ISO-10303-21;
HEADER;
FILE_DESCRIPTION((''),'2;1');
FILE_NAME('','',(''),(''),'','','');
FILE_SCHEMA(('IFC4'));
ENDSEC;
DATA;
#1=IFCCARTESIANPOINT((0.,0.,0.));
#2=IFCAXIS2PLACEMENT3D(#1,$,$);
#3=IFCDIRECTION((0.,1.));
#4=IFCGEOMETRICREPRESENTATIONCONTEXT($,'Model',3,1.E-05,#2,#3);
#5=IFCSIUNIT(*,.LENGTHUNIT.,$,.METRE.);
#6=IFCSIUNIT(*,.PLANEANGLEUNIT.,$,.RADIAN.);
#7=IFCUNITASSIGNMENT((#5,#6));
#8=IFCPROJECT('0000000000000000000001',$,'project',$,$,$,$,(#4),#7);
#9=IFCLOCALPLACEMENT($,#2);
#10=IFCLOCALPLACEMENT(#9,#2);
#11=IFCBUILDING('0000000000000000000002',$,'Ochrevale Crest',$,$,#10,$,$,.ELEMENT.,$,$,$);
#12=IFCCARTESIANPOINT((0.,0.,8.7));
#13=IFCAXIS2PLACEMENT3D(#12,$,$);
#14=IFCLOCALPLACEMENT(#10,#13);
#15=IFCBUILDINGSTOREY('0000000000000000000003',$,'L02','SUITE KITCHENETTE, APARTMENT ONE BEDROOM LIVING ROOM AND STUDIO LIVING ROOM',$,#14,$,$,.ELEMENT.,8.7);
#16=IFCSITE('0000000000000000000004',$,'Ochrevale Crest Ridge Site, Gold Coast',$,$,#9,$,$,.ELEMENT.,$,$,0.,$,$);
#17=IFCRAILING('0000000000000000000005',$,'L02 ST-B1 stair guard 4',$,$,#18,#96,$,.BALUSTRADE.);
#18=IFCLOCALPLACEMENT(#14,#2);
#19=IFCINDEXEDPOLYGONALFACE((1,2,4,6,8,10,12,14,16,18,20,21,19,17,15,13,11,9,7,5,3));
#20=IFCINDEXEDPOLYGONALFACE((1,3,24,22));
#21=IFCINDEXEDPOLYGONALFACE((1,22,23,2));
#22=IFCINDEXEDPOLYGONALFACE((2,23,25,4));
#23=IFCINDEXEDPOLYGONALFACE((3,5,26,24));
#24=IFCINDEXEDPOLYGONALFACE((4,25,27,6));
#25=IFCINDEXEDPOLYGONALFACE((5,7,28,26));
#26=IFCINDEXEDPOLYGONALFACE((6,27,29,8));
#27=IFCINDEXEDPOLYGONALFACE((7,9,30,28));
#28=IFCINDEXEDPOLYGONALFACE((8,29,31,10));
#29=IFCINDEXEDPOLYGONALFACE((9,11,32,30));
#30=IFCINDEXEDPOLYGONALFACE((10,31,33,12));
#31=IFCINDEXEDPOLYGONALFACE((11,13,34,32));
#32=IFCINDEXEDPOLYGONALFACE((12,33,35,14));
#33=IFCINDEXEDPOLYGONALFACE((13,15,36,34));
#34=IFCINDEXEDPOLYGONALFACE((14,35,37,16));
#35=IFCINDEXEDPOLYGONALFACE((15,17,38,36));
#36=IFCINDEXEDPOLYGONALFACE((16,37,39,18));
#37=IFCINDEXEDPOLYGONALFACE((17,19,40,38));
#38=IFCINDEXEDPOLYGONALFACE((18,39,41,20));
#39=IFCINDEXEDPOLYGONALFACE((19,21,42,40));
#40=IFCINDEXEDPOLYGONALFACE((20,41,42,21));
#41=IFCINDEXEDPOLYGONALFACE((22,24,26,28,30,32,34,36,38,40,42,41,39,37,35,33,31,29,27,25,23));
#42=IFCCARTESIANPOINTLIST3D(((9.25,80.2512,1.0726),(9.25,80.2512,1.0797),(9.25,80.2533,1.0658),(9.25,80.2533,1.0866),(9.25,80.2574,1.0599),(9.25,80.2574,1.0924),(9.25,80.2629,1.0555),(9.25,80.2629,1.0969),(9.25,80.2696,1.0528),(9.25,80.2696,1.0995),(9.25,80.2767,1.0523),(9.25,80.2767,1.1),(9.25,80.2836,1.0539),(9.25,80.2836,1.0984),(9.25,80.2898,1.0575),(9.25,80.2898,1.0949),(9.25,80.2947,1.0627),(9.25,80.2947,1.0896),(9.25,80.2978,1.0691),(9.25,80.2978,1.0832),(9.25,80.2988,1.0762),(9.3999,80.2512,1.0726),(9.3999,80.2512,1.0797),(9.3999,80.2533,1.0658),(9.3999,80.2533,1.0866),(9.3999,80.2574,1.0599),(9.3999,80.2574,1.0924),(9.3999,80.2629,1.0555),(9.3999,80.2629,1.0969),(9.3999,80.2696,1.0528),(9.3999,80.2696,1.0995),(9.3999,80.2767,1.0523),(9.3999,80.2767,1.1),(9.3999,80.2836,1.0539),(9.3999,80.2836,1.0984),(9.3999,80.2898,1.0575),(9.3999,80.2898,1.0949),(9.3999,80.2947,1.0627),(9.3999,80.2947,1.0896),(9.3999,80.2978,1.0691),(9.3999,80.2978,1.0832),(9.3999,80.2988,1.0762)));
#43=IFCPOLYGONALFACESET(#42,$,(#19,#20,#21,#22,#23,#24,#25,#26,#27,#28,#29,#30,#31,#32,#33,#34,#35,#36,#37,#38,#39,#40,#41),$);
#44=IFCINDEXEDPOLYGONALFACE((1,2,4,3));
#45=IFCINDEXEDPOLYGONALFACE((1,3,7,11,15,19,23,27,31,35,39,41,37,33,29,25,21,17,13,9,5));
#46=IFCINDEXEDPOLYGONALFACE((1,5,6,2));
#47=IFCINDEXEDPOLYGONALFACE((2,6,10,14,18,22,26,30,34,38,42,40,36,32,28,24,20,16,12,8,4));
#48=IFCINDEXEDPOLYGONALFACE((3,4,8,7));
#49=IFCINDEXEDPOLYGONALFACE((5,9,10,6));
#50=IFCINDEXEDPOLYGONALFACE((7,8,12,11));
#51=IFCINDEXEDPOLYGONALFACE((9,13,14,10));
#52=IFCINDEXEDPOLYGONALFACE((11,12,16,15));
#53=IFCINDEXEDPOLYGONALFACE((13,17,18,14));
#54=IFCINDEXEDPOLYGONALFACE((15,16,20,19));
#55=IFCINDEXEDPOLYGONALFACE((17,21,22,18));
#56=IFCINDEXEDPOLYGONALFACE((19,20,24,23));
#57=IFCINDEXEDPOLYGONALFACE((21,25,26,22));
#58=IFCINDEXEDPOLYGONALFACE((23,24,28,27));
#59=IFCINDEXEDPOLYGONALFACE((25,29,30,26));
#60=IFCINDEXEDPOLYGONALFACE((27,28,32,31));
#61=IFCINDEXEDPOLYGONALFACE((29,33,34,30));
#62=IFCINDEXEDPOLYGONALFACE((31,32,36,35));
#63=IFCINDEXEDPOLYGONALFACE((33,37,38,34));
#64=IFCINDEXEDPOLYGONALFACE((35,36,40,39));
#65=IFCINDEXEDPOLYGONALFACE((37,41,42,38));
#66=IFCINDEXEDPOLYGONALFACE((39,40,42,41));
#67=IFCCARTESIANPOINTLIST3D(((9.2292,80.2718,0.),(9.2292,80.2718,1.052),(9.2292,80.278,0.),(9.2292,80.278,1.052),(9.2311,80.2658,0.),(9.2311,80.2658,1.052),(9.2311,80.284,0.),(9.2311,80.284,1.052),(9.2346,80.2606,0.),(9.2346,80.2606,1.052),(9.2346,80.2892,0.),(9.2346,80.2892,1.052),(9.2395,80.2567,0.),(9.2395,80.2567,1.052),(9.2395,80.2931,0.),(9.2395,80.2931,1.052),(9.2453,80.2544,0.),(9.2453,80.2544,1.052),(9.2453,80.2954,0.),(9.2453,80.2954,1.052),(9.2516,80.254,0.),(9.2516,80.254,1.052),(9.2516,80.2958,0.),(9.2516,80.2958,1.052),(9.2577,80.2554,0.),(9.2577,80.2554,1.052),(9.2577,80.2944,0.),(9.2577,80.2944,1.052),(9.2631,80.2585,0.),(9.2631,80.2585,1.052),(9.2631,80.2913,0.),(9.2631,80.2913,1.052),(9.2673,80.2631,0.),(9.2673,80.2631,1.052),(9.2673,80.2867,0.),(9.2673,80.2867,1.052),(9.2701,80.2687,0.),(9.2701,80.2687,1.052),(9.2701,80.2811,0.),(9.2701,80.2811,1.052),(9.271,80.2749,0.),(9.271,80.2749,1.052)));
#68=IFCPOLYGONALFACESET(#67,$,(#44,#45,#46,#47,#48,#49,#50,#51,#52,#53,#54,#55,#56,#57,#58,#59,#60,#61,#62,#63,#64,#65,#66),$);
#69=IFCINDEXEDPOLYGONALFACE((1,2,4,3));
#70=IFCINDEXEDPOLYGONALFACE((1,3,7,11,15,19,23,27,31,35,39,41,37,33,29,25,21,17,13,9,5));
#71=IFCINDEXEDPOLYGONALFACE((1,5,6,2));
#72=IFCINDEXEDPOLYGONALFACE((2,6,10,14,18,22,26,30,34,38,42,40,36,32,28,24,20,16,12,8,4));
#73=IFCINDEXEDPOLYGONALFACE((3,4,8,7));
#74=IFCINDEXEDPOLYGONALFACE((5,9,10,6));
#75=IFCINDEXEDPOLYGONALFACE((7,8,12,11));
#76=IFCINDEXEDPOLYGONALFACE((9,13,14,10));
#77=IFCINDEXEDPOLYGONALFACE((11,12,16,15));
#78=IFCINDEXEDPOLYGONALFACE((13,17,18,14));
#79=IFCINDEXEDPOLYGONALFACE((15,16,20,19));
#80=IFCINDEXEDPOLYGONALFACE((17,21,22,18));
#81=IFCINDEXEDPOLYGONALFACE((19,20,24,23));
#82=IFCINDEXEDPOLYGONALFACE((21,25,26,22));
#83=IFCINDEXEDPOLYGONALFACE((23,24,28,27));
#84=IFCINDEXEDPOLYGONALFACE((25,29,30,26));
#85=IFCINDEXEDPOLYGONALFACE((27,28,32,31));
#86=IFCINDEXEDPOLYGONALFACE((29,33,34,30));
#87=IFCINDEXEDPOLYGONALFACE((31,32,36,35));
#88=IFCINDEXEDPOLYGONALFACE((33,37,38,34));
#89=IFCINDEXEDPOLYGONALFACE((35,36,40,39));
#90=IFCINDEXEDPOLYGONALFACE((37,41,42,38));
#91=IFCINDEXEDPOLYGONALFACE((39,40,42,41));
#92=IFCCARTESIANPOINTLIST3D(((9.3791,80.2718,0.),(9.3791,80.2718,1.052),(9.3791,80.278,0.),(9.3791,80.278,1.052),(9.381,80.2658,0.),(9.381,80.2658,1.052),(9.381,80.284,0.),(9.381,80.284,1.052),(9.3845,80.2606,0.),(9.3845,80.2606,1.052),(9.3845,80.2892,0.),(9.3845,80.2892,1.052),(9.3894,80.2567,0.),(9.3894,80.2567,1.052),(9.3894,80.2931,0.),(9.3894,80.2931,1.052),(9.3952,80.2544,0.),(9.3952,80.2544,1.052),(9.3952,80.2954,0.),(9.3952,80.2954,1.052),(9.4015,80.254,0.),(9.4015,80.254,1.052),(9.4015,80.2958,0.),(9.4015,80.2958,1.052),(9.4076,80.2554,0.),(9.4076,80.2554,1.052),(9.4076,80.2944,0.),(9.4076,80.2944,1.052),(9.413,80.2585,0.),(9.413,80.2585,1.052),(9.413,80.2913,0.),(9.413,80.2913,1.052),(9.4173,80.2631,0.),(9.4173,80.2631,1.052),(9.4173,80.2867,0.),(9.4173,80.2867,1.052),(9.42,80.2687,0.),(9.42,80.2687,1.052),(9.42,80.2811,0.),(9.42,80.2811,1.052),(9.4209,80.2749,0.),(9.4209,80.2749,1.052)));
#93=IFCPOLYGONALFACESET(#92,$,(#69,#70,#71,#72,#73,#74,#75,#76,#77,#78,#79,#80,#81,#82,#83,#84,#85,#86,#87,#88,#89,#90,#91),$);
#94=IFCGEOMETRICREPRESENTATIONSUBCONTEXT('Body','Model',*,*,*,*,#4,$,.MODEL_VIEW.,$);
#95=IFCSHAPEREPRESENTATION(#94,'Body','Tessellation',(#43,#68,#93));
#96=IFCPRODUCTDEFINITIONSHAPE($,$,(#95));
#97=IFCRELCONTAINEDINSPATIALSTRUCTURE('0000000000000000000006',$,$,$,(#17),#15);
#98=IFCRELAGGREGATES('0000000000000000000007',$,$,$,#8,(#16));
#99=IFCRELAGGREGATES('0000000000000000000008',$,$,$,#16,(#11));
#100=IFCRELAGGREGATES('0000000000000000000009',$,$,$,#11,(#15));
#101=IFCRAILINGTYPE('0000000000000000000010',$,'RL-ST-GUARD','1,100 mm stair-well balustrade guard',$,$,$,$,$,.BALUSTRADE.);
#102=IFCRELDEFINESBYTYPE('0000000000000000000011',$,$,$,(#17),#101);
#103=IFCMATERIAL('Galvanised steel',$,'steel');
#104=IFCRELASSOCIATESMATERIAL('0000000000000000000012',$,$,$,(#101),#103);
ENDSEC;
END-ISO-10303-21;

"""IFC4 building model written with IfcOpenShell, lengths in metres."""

from ifc_helpers import new_model, si_unit, direction, frame, origin, origin_2d, place, context, subcontext, project, spatial, circle, extrude, material, type_object, element, save


model = new_model("IFC4")

# Units and contexts
model_context = context("Model", 3, precision=1e-05, world=origin(), true_north=direction((0.0, 1.0)))
body_context = subcontext(model_context, "Body", "Model", "MODEL_VIEW")
ifc_project = project(units=[si_unit("LENGTHUNIT", "METRE"), si_unit("PLANEANGLEUNIT", "RADIAN")], contexts=[model_context])

# Site, building, storey
site_placement = place(None, origin())
site = spatial("IfcSite", under=ifc_project, at=site_placement, Name="Ochrevale Crest Ridge Site, Gold Coast", CompositionType="ELEMENT", RefElevation=0.0)
building_placement = place(site_placement, origin())
building = spatial("IfcBuilding", under=site, at=building_placement, Name="Ochrevale Crest", CompositionType="ELEMENT")
storey_placement = place(building_placement, frame((0.0, 0.0, 8.7)))
storey = spatial("IfcBuildingStorey", under=building, at=storey_placement, Name="L02", Description="SUITE KITCHENETTE, APARTMENT ONE BEDROOM LIVING ROOM AND STUDIO LIVING ROOM", CompositionType="ELEMENT", Elevation=8.7)

# Railing
ifc_material_1 = material(Name="Galvanised steel", Category="steel")
railing_type = type_object("IfcRailingType", Name="RL-ST-GUARD", Description="1,100 mm stair-well balustrade guard", PredefinedType="BALUSTRADE", material=ifc_material_1)
railing_1_placement = place(storey_placement, frame((9.25, 80.2749, 0.0)))
element("IfcRailing", 1, at=railing_1_placement, inside=storey, type_object=railing_type, Name="L02 ST-B1 stair guard 4", PredefinedType="BALUSTRADE", context=body_context, shape_type="SweptSolid", body=[
    extrude(circle(Radius=0.0239, at=origin_2d()), frame((0.0, 0.0, 1.0762), z_axis=(1.0, 0.0, 0.0), x_axis=(0.0, 1.0, 0.0)), (0.0, 0.0, 1.0), 0.1499),
    extrude(circle(Radius=0.021, at=origin_2d()), origin(), (0.0, 0.0, 1.0), 1.052),
    extrude(circle(Radius=0.021, at=origin_2d()), frame((0.1499, 0.0, 0.0)), (0.0, 0.0, 1.0), 1.052),
])

save(model, "model.ifc")
